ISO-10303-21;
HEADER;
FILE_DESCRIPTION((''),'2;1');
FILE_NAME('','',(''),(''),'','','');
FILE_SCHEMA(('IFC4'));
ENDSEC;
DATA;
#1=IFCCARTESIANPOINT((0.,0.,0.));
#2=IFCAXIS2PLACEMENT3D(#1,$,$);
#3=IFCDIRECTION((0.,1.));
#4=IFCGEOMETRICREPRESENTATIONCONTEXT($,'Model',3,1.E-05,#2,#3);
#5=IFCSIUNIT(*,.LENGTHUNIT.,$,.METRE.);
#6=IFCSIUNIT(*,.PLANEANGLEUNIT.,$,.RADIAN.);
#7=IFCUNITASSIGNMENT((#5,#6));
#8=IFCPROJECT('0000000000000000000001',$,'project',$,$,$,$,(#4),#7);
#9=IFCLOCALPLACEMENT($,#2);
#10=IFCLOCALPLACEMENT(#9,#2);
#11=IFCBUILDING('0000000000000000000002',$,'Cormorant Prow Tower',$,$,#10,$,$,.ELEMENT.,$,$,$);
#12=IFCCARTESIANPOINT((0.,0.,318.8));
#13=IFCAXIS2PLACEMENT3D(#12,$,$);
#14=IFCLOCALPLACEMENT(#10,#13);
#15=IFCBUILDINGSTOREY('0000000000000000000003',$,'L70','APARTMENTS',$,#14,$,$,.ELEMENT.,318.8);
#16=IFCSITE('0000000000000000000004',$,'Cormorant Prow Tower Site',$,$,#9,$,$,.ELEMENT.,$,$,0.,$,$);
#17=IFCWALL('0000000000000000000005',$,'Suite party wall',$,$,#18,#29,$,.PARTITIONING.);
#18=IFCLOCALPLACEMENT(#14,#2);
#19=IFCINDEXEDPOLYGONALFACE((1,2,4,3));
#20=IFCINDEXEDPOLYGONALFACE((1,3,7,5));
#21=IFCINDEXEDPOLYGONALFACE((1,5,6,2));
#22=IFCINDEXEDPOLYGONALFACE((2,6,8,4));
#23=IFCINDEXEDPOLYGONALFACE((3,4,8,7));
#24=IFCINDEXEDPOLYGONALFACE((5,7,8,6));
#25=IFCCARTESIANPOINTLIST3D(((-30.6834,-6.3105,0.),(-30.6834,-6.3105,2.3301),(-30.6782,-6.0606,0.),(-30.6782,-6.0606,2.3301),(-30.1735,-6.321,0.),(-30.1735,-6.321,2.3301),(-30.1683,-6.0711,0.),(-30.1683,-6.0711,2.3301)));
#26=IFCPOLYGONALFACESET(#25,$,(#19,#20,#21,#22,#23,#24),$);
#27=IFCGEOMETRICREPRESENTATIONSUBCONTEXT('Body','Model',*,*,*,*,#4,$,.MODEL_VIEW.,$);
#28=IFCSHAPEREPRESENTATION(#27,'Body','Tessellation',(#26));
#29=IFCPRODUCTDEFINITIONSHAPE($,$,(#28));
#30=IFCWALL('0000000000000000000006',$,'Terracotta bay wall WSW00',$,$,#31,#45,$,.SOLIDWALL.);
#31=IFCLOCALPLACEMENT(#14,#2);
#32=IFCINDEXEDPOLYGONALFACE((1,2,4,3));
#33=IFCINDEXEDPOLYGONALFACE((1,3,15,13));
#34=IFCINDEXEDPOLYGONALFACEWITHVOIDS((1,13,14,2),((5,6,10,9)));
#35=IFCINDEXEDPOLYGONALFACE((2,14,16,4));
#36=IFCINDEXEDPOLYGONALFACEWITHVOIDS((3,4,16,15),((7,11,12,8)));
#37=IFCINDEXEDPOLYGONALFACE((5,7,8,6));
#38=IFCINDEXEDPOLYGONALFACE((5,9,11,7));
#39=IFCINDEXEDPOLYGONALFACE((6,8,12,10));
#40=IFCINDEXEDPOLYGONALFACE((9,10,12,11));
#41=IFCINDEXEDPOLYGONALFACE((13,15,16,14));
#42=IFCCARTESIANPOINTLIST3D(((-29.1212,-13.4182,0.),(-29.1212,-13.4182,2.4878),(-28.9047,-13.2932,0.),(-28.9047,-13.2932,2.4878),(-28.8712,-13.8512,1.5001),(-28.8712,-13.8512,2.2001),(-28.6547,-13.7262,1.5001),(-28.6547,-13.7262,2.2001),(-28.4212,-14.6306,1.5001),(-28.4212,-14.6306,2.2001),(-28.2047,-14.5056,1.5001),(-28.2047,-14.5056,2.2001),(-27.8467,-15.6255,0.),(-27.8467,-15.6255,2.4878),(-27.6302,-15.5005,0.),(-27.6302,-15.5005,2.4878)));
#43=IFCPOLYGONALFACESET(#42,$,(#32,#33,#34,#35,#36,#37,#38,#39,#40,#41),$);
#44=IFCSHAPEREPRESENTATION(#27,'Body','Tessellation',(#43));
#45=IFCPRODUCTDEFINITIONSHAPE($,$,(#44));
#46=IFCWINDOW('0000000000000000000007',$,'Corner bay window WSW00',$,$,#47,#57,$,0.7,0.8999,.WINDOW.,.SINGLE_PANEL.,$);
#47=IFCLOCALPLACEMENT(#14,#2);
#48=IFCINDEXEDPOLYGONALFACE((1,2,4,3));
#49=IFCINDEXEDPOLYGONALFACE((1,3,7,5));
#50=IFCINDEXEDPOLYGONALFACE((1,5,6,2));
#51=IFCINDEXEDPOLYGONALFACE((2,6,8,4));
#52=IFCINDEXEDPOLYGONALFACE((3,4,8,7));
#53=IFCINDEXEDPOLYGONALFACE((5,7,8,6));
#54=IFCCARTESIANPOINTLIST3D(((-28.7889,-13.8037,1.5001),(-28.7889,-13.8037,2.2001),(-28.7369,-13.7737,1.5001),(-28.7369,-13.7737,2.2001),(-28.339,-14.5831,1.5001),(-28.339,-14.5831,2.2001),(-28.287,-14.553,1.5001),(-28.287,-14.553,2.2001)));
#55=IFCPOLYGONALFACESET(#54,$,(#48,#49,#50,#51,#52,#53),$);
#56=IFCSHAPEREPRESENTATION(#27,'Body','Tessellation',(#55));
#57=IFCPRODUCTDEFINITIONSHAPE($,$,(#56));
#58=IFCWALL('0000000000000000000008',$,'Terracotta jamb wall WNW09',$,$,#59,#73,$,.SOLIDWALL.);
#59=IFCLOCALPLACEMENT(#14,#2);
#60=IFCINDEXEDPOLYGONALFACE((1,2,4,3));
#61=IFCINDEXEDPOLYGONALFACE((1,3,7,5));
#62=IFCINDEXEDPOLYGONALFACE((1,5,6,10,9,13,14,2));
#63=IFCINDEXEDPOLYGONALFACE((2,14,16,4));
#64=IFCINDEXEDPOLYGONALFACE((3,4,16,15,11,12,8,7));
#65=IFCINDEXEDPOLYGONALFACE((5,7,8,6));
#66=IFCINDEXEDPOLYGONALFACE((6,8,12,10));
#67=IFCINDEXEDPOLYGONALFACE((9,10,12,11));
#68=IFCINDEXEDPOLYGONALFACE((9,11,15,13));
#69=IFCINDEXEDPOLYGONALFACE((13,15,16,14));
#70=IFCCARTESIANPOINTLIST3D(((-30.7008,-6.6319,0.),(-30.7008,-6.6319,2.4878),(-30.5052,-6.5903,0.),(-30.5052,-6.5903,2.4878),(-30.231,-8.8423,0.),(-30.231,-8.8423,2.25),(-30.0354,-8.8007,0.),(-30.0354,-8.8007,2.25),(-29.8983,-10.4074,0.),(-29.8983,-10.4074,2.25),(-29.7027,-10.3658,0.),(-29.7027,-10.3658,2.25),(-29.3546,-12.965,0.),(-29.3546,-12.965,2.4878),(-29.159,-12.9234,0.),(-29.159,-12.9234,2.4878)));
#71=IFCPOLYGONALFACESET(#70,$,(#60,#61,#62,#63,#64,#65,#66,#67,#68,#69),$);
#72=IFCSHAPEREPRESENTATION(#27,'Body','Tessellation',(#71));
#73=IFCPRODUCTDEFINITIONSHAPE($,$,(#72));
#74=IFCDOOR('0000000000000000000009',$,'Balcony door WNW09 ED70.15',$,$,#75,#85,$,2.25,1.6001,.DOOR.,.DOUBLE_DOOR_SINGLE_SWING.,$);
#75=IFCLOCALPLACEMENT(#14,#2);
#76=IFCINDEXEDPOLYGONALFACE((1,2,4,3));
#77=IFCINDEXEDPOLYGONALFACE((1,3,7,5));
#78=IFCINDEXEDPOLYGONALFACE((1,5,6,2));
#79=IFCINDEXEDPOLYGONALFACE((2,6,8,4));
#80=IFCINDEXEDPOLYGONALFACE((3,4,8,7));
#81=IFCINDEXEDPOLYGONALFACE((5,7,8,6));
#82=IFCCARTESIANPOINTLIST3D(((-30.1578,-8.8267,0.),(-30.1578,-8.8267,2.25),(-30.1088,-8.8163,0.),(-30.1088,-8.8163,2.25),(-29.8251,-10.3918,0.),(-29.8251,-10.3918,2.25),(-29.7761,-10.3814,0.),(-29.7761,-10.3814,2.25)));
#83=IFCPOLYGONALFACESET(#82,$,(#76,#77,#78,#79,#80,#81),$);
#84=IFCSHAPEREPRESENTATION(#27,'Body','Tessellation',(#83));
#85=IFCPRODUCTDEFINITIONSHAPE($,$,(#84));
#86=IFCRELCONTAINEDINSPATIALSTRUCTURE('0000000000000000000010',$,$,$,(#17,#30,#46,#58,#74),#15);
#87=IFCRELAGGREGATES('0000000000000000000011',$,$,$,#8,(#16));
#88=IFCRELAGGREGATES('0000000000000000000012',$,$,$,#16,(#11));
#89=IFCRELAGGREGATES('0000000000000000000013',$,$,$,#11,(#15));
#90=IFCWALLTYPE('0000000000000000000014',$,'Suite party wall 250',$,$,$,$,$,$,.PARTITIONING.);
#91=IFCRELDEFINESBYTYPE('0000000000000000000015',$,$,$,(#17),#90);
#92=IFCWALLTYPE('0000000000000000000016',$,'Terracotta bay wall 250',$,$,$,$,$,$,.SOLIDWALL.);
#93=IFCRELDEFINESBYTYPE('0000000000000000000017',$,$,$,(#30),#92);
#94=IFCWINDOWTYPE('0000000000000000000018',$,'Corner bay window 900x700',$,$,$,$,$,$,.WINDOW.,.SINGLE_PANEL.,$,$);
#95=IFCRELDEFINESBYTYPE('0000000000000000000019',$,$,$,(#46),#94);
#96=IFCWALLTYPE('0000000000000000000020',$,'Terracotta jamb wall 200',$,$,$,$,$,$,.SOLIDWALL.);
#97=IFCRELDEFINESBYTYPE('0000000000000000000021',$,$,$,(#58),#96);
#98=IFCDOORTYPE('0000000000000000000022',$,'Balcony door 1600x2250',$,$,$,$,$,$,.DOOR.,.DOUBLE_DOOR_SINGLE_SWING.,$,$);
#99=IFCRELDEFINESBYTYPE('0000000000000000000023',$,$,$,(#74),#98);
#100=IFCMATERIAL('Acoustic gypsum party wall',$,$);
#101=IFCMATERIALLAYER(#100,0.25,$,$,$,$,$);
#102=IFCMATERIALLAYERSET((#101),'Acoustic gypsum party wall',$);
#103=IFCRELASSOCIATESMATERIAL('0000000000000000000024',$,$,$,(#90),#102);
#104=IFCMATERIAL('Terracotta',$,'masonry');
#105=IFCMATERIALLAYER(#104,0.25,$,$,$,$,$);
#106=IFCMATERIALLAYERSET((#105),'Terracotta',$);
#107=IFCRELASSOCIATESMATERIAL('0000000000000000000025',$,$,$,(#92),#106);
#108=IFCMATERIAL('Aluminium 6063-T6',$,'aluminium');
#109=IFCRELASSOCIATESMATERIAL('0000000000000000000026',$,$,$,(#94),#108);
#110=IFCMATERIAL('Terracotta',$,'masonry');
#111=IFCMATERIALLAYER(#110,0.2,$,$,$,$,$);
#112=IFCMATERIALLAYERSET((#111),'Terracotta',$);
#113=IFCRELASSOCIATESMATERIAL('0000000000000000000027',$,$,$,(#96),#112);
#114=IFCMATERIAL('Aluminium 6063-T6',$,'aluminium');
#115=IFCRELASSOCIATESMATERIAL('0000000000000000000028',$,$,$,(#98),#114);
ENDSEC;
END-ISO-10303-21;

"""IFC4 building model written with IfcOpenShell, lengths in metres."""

from ifc_helpers import new_model, si_unit, direction, frame, frame_2d, origin, place, context, subcontext, project, spatial, rectangle, extrude, material, layer, layer_set, type_object, element, fill, save


model = new_model("IFC4")

# Units and contexts
model_context = context("Model", 3, precision=1e-05, world=origin(), true_north=direction((0.0, 1.0)))
body_context = subcontext(model_context, "Body", "Model", "MODEL_VIEW")
ifc_project = project(units=[si_unit("LENGTHUNIT", "METRE"), si_unit("PLANEANGLEUNIT", "RADIAN")], contexts=[model_context])

# Site, building, storey
site_placement = place(None, origin())
site = spatial("IfcSite", under=ifc_project, at=site_placement, Name="Cormorant Prow Tower Site", CompositionType="ELEMENT", RefElevation=0.0)
building_placement = place(site_placement, origin())
building = spatial("IfcBuilding", under=site, at=building_placement, Name="Cormorant Prow Tower", CompositionType="ELEMENT")
storey_placement = place(building_placement, frame((0.0, 0.0, 318.8)))
storey = spatial("IfcBuildingStorey", under=building, at=storey_placement, Name="L70", Description="APARTMENTS", CompositionType="ELEMENT", Elevation=318.8)

# Wall
ifc_material_1 = material(Name="Acoustic gypsum party wall")
ifc_layer_1 = layer(ifc_material_1, 0.25)
ifc_layer_set_1 = layer_set([ifc_layer_1], Name="Acoustic gypsum party wall")
wall_type_1 = type_object("IfcWallType", Name="Suite party wall 250", PredefinedType="PARTITIONING", material=ifc_layer_set_1)
wall_1_placement = place(storey_placement, frame((-30.6807, -6.1855, 0.0), z_axis=(0.0, 0.0, 1.0), x_axis=(0.999788, -0.02058, 0.0)))
element("IfcWall", 1, at=wall_1_placement, inside=storey, type_object=wall_type_1, Name="Suite party wall", PredefinedType="PARTITIONING", context=body_context, shape_type="SweptSolid", body=[
    extrude(rectangle(XDim=0.51, YDim=0.25, at=frame_2d((0.2549, 0.0))), origin(), (0.0, 0.0, 1.0), 2.3301),
])

# Wall, opening, window
ifc_material_2 = material(Name="Terracotta", Category="masonry")
ifc_layer_2 = layer(ifc_material_2, 0.25)
ifc_layer_set_2 = layer_set([ifc_layer_2], Name="Terracotta")
wall_type_2 = type_object("IfcWallType", Name="Terracotta bay wall 250", PredefinedType="SOLIDWALL", material=ifc_layer_set_2)
wall_2_placement = place(storey_placement, frame((-29.0129, -13.3557, 0.0), z_axis=(0.0, 0.0, 1.0), x_axis=(0.500013, -0.866018, 0.0)))
wall_2 = element("IfcWall", 2, at=wall_2_placement, inside=storey, type_object=wall_type_2, Name="Terracotta bay wall WSW00", PredefinedType="SOLIDWALL", context=body_context, shape_type="SweptSolid", body=[
    extrude(rectangle(XDim=2.5488, YDim=0.25, at=frame_2d((1.2744, 0.0))), origin(), (0.0, 0.0, 1.0), 2.4878),
])
opening_1_placement = place(wall_2_placement, frame((0.5, 0.0, 1.5)))
opening_1 = element("IfcOpeningElement", 3, at=opening_1_placement, cuts=wall_2, PredefinedType="OPENING", context=body_context, shape_type="SweptSolid", body=[
    extrude(rectangle(XDim=0.8999, YDim=0.7, at=frame_2d((0.45, 0.3501))), frame((0.0, 0.135, 0.0), z_axis=(0.0, -1.0, 0.0), x_axis=(1.0, 0.0, 0.0)), (0.0, 0.0, 1.0), 0.27),
])
ifc_material_3 = material(Name="Aluminium 6063-T6", Category="aluminium")
window_type = type_object("IfcWindowType", Name="Corner bay window 900x700", PartitioningType="SINGLE_PANEL", PredefinedType="WINDOW", material=ifc_material_3)
window_placement = place(opening_1_placement, origin())
window = element("IfcWindow", 4, at=window_placement, inside=storey, type_object=window_type, Name="Corner bay window WSW00", OverallHeight=0.7, OverallWidth=0.8999, PartitioningType="SINGLE_PANEL", PredefinedType="WINDOW", context=body_context, shape_type="SweptSolid", body=[
    extrude(rectangle(XDim=0.8999, YDim=0.7, at=frame_2d((0.45, 0.3501))), frame((0.0, 0.03, 0.0), z_axis=(0.0, -1.0, 0.0), x_axis=(1.0, 0.0, 0.0)), (0.0, 0.0, 1.0), 0.0601),
])
fill(opening_1, window)

# Wall, opening, door
ifc_material_4 = material(Name="Terracotta", Category="masonry")
ifc_layer_3 = layer(ifc_material_4, 0.2)
ifc_layer_set_3 = layer_set([ifc_layer_3], Name="Terracotta")
wall_type_3 = type_object("IfcWallType", Name="Terracotta jamb wall 200", PredefinedType="SOLIDWALL", material=ifc_layer_set_3)
wall_3_placement = place(storey_placement, frame((-30.603, -6.6111, 0.0), z_axis=(0.0, 0.0, 1.0), x_axis=(0.207922, -0.978145, 0.0)))
wall_3 = element("IfcWall", 5, at=wall_3_placement, inside=storey, type_object=wall_type_3, Name="Terracotta jamb wall WNW09", PredefinedType="SOLIDWALL", context=body_context, shape_type="SweptSolid", body=[
    extrude(rectangle(XDim=6.4746, YDim=0.2, at=frame_2d((3.2373, 0.0))), origin(), (0.0, 0.0, 1.0), 2.4878),
])
opening_2_placement = place(wall_3_placement, frame((2.2598, 0.0, 0.0)))
opening_2 = element("IfcOpeningElement", 6, at=opening_2_placement, cuts=wall_3, PredefinedType="OPENING", context=body_context, shape_type="SweptSolid", body=[
    extrude(rectangle(XDim=1.6001, YDim=2.25, at=frame_2d((0.8, 1.125))), frame((0.0, 0.1099, 0.0), z_axis=(0.0, -1.0, 0.0), x_axis=(1.0, 0.0, 0.0)), (0.0, 0.0, 1.0), 0.22),
])
ifc_material_5 = material(Name="Aluminium 6063-T6", Category="aluminium")
door_type_1 = type_object("IfcDoorType", Name="Balcony door 1600x2250", OperationType="DOUBLE_DOOR_SINGLE_SWING", PredefinedType="DOOR", material=ifc_material_5)
door_1_placement = place(opening_2_placement, origin())
door_1 = element("IfcDoor", 7, at=door_1_placement, inside=storey, type_object=door_type_1, Name="Balcony door WNW09 ED70.15", OperationType="DOUBLE_DOOR_SINGLE_SWING", OverallHeight=2.25, OverallWidth=1.6001, PredefinedType="DOOR", context=body_context, shape_type="SweptSolid", body=[
    extrude(rectangle(XDim=1.6001, YDim=2.25, at=frame_2d((0.8, 1.125))), frame((0.0, 0.0249, 0.0), z_axis=(0.0, -1.0, 0.0), x_axis=(1.0, 0.0, 0.0)), (0.0, 0.0, 1.0), 0.05),
])
fill(opening_2, door_1)

save(model, "model.ifc")
